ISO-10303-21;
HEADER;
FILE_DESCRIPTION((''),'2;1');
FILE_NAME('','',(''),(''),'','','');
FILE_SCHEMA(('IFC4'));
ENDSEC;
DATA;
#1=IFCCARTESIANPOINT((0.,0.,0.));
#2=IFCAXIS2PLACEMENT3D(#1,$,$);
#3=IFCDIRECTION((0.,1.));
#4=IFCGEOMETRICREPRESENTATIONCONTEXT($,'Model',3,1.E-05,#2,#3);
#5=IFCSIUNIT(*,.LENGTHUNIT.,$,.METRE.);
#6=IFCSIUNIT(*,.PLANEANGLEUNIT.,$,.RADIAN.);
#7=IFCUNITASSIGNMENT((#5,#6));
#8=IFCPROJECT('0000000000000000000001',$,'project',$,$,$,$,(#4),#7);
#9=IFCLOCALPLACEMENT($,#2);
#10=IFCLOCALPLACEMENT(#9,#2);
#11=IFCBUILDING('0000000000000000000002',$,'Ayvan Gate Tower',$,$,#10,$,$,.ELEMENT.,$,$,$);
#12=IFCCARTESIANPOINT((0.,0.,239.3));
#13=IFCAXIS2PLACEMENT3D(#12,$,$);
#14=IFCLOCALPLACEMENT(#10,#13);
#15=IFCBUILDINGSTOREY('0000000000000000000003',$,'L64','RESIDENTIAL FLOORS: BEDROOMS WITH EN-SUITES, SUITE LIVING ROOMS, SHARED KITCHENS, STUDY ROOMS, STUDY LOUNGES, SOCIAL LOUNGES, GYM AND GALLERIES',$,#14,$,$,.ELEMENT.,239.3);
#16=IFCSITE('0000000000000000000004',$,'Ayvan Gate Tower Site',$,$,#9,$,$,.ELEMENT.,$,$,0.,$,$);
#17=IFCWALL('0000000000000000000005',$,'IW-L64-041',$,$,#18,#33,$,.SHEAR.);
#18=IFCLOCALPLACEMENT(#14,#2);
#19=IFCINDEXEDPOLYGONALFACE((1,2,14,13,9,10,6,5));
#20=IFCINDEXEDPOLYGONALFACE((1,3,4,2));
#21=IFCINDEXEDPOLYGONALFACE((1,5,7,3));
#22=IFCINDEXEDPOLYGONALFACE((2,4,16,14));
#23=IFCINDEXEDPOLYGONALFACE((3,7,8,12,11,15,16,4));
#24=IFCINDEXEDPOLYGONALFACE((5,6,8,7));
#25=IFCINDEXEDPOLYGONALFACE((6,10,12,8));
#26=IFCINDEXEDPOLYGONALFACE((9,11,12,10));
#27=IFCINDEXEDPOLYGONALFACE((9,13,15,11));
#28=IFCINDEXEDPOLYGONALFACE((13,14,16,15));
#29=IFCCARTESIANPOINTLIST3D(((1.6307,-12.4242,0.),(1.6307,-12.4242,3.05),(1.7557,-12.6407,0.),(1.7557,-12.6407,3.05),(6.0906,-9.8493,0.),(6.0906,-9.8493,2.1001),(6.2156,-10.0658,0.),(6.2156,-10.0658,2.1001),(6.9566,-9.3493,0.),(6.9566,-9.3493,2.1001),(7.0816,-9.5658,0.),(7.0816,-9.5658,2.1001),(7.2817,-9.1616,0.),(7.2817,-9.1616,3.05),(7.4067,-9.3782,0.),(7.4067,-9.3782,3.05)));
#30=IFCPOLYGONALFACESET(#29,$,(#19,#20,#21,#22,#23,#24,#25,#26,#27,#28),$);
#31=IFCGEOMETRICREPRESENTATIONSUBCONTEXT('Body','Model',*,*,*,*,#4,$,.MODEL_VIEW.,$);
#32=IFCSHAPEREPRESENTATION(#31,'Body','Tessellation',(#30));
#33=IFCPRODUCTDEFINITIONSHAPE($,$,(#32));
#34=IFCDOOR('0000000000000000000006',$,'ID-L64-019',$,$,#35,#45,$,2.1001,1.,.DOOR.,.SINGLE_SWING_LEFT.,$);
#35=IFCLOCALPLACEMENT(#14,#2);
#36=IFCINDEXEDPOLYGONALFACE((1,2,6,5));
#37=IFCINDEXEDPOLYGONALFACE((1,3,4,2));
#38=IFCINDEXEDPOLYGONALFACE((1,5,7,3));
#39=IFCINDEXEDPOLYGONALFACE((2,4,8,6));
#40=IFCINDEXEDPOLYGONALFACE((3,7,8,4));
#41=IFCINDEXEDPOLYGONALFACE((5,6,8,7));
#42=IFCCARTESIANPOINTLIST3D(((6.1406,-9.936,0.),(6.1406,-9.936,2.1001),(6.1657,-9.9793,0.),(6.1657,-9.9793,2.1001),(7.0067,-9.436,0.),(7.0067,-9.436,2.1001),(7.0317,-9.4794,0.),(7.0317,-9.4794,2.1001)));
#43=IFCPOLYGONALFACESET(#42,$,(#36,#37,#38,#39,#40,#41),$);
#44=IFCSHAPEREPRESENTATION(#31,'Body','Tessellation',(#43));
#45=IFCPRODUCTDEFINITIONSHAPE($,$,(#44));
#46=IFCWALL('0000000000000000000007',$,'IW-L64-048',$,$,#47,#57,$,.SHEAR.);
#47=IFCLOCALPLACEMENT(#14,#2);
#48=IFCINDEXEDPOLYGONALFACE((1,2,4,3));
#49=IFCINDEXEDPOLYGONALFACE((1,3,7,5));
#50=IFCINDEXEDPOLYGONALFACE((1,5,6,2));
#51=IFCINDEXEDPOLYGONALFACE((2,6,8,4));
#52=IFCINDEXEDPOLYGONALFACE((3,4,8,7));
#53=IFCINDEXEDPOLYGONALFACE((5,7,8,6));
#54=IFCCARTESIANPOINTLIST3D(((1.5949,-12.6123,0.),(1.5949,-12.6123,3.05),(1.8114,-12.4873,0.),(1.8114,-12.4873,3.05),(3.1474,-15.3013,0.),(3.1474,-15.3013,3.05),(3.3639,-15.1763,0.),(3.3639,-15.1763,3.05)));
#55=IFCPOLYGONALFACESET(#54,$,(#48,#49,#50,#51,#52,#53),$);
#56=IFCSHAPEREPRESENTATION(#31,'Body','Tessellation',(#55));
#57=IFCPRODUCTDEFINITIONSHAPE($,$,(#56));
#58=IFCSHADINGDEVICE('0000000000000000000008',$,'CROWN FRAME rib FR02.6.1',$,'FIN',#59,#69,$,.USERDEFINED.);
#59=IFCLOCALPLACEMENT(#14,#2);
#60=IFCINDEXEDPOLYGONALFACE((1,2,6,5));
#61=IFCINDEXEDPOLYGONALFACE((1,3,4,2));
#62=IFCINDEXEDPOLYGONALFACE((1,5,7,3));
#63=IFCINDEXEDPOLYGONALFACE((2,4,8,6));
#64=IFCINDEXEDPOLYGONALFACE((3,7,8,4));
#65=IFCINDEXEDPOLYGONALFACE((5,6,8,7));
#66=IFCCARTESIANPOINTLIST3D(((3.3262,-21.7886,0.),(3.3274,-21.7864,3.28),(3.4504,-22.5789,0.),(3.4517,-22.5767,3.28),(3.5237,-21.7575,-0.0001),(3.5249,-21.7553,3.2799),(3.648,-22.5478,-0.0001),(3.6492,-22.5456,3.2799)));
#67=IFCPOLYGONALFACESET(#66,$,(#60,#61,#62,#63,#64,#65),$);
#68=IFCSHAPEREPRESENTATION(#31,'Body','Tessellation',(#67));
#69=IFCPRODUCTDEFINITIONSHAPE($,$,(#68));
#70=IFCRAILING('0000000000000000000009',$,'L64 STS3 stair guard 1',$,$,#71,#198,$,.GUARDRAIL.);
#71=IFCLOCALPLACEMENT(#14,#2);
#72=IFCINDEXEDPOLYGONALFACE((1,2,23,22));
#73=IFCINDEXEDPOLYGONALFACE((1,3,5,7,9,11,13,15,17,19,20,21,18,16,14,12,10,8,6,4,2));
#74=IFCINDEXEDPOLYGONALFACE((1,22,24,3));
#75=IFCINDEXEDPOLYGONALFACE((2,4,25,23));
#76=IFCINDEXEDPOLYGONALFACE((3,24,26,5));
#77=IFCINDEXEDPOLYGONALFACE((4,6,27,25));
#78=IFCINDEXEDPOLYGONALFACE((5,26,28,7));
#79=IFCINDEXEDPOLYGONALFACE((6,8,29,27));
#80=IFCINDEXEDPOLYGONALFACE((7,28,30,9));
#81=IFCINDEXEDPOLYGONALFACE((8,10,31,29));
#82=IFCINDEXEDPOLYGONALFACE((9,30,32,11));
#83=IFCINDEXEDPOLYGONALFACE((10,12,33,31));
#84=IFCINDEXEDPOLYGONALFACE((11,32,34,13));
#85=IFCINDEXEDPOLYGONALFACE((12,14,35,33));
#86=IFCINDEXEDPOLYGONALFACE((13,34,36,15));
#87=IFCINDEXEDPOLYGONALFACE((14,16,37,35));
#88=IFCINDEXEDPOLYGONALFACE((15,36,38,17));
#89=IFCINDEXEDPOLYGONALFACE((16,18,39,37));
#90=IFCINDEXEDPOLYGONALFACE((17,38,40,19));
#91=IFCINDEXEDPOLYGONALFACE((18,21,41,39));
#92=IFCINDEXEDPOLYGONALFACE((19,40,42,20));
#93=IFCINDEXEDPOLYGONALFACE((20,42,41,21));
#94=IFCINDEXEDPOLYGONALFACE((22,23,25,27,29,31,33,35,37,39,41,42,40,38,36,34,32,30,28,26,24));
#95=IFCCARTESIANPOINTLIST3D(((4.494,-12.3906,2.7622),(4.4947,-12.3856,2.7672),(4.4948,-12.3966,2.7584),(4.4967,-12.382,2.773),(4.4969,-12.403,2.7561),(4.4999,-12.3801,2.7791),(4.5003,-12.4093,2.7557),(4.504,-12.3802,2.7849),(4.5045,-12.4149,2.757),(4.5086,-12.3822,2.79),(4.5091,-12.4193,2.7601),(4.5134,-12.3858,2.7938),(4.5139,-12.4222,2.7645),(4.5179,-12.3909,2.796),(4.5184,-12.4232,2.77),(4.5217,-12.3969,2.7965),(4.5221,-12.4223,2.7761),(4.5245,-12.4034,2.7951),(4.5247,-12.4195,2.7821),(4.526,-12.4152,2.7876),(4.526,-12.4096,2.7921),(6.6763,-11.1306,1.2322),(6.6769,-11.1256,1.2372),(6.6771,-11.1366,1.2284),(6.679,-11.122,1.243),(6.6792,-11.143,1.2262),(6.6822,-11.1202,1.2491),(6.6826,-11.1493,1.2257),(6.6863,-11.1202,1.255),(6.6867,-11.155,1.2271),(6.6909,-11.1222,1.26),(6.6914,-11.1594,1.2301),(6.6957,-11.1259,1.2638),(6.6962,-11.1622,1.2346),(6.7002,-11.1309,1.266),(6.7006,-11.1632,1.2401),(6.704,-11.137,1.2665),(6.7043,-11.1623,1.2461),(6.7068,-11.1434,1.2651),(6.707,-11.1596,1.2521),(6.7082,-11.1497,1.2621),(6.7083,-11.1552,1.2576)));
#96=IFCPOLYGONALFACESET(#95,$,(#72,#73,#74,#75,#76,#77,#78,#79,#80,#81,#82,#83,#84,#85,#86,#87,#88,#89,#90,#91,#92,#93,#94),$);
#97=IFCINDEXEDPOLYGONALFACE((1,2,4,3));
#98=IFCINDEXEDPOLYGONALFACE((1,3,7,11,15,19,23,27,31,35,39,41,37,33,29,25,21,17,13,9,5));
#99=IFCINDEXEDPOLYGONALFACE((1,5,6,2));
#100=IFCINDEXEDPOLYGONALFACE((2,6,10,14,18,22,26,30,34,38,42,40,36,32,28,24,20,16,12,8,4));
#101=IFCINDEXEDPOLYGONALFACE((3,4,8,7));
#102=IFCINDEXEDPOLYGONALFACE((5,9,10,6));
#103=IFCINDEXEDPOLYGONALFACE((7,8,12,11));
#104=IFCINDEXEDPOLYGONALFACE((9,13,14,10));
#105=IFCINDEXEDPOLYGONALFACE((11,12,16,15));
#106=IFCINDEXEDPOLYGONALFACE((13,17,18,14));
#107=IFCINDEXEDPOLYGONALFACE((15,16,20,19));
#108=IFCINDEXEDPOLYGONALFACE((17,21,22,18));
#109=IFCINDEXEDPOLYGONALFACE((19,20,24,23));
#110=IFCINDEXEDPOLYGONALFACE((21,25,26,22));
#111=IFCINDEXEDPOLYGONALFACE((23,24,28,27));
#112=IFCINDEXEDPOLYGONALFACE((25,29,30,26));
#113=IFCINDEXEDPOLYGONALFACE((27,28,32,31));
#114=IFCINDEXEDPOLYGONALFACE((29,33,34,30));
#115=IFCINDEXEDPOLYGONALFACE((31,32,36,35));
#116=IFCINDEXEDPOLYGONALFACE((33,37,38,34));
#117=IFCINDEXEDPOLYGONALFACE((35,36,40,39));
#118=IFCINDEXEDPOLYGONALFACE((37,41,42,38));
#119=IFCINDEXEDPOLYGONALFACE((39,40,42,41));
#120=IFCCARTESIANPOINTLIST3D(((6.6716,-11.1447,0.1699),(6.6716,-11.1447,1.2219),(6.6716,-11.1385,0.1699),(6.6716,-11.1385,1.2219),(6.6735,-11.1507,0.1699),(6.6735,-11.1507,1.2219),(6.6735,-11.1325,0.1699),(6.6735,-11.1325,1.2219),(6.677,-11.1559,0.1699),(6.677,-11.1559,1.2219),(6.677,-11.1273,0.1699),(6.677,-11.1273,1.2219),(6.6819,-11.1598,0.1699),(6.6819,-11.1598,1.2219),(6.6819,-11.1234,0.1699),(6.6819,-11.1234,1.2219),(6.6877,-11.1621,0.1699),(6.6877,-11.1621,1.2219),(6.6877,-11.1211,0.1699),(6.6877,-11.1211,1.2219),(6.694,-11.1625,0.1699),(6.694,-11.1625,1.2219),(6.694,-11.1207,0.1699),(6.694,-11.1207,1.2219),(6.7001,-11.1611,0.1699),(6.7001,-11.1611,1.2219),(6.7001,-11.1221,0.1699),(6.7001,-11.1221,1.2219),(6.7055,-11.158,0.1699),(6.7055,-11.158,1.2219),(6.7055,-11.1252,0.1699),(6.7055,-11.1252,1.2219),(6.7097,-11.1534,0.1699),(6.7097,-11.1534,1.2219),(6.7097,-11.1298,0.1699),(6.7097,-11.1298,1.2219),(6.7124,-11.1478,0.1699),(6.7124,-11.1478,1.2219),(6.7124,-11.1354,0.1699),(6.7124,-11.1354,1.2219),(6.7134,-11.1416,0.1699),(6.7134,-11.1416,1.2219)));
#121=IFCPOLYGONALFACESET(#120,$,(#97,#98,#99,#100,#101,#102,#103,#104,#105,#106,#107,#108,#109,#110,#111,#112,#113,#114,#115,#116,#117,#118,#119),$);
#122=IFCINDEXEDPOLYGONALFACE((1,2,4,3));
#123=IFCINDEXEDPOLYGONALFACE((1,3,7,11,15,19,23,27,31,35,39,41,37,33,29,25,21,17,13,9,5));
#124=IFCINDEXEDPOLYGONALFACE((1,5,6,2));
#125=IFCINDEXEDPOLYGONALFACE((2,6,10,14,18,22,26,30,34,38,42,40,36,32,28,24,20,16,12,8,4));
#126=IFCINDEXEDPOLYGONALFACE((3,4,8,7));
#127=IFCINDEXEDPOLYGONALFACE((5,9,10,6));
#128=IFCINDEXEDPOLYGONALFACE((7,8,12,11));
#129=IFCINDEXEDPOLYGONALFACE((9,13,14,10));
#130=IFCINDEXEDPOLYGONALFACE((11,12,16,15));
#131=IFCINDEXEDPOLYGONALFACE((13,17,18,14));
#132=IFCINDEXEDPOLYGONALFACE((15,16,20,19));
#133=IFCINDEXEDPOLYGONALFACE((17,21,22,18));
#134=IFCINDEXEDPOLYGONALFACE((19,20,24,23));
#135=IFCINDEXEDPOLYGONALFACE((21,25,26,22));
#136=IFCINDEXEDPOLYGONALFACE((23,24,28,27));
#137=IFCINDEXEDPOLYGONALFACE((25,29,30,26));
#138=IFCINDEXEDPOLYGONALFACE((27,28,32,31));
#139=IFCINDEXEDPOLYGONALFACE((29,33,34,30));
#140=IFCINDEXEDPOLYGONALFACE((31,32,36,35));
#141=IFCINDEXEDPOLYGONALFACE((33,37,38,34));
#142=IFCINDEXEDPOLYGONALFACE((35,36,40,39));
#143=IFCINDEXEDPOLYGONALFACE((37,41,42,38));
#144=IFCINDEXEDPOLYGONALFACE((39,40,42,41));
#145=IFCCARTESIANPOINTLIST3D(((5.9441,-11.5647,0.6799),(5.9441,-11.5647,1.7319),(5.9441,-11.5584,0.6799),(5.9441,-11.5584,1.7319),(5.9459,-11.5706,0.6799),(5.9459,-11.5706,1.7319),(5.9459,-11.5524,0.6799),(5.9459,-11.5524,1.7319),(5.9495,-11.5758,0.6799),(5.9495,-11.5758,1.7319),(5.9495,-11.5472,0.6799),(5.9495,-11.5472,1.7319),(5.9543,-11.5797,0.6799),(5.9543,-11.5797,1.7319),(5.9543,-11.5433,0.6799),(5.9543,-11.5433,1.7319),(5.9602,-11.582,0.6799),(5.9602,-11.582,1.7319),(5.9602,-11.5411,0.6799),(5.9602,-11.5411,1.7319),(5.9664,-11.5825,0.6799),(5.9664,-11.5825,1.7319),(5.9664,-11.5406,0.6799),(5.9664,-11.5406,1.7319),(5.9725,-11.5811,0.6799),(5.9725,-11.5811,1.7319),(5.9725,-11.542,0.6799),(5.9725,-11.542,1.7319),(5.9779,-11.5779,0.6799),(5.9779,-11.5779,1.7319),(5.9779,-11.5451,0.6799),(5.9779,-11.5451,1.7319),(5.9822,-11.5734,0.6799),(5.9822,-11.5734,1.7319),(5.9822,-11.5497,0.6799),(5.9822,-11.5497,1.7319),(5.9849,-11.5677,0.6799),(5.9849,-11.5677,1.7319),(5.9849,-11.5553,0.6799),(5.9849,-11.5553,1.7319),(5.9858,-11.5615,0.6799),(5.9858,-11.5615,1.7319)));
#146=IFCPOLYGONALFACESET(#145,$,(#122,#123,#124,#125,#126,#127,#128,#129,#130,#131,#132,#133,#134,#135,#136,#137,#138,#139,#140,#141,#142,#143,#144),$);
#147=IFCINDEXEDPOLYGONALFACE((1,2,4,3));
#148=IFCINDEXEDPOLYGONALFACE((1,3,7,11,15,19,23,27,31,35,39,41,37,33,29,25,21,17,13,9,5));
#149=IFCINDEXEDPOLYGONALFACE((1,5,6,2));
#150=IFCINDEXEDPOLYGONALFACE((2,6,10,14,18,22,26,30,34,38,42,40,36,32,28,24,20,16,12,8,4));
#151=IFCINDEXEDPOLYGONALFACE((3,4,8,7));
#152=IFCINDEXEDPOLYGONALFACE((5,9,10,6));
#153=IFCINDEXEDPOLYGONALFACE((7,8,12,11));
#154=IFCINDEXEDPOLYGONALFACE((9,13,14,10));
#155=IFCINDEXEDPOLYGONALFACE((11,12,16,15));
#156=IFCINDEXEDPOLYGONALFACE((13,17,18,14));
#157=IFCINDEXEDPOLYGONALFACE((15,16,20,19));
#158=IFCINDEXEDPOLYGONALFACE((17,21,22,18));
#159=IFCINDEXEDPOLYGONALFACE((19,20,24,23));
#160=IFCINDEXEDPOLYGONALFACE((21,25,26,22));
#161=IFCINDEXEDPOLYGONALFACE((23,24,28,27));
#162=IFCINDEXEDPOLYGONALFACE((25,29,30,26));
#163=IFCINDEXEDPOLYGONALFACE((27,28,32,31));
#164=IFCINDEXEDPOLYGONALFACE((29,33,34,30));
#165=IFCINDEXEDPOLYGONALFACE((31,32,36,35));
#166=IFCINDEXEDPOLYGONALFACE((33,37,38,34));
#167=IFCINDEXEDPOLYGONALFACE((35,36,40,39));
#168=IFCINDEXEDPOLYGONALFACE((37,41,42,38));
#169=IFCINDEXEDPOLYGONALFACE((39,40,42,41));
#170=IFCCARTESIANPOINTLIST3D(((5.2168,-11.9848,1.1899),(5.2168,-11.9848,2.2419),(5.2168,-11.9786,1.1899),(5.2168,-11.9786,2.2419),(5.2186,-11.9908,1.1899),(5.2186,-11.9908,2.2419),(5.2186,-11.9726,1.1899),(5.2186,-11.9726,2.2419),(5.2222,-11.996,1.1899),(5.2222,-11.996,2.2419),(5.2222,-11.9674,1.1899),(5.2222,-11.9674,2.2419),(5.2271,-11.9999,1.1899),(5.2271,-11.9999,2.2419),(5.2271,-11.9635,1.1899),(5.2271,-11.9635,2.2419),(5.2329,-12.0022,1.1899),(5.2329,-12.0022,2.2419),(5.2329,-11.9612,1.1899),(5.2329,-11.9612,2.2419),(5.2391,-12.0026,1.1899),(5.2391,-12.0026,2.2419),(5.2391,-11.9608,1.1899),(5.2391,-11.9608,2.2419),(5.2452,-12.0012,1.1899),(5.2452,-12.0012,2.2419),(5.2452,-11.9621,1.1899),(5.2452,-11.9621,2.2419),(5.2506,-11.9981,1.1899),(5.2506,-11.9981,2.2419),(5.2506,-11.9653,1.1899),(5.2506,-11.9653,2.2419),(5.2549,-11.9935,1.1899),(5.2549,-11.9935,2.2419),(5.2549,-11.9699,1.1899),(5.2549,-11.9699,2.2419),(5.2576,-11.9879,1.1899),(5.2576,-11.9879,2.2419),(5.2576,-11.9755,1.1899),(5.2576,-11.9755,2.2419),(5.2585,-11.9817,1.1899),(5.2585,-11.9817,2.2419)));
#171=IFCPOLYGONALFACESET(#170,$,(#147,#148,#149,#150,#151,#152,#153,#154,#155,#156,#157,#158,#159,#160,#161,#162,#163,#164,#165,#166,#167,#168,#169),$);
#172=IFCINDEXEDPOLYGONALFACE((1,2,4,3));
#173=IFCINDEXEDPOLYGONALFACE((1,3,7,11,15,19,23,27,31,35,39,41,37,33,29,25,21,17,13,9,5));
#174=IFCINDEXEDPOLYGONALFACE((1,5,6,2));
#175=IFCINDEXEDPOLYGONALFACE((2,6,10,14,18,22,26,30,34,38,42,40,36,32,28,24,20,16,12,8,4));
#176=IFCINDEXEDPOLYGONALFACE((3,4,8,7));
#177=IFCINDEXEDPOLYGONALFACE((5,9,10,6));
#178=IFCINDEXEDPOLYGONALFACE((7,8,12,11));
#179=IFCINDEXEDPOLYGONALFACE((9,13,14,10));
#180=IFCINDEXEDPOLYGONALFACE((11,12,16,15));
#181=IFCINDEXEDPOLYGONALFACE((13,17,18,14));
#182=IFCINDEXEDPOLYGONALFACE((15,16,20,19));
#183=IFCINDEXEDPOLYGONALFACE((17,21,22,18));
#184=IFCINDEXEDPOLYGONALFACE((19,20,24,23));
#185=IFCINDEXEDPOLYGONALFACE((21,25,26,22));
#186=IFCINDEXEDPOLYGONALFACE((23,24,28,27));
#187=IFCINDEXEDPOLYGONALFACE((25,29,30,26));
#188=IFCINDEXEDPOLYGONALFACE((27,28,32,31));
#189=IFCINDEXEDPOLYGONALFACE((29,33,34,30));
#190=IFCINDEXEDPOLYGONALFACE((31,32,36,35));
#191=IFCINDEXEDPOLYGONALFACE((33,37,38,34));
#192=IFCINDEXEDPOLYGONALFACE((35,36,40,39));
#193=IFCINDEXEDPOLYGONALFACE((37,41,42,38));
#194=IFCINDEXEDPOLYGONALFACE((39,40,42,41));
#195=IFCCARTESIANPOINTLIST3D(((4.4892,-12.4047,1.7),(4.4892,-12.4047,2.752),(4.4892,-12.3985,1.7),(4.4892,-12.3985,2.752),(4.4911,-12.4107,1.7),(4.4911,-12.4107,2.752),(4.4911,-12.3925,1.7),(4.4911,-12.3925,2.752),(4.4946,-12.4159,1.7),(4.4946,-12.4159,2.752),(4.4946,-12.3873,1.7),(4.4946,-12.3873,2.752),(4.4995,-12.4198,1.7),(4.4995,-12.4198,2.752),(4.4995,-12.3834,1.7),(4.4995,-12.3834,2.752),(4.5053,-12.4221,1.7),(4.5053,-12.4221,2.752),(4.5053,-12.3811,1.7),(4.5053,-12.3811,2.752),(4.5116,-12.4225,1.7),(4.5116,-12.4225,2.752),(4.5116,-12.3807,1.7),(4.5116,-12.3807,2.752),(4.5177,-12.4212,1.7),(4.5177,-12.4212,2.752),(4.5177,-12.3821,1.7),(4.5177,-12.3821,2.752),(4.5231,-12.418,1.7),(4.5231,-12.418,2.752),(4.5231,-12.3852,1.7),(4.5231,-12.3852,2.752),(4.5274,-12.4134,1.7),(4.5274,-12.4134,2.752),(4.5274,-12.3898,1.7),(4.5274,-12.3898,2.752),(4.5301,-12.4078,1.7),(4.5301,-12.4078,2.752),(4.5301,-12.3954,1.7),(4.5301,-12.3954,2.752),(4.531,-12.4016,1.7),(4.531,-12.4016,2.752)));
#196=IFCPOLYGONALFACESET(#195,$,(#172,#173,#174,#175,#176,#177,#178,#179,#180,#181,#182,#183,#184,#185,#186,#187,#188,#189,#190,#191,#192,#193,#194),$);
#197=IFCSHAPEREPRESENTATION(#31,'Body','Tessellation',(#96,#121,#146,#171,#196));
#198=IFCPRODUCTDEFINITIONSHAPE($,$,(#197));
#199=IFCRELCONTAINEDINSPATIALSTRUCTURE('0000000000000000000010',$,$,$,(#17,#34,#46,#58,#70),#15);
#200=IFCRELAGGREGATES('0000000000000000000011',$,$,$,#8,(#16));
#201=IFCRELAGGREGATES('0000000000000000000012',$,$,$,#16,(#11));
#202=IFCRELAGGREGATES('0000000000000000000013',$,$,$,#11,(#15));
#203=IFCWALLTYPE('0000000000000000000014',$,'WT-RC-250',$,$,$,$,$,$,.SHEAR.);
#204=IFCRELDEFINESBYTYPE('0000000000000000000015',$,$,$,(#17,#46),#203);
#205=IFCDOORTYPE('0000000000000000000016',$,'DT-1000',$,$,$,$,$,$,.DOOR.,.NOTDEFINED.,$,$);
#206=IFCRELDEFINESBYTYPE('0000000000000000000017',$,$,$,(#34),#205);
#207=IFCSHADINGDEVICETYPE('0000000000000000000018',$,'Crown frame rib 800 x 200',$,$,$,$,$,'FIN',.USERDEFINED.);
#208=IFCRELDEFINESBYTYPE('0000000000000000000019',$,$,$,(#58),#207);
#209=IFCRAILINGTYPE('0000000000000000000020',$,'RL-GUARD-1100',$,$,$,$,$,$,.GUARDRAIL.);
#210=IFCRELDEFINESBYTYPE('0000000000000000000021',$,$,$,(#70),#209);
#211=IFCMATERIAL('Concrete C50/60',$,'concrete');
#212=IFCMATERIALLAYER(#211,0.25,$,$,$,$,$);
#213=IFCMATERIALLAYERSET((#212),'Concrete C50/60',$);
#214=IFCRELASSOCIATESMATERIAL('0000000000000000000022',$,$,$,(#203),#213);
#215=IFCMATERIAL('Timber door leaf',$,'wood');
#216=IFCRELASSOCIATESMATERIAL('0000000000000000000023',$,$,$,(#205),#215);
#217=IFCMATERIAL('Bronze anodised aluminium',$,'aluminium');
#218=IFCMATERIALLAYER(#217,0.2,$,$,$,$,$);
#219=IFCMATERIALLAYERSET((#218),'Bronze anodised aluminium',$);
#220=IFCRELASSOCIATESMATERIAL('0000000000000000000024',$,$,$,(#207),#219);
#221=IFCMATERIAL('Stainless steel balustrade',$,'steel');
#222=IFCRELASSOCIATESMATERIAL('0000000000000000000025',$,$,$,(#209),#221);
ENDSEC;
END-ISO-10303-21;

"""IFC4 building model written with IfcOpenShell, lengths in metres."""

from ifc_helpers import new_model, si_unit, direction, frame, frame_2d, origin, origin_2d, place, context, subcontext, project, spatial, polyline, rectangle, circle, outline, extrude, material, layer, layer_set, type_object, element, fill, save


model = new_model("IFC4")

# Units and contexts
model_context = context("Model", 3, precision=1e-05, world=origin(), true_north=direction((0.0, 1.0)))
body_context = subcontext(model_context, "Body", "Model", "MODEL_VIEW")
ifc_project = project(units=[si_unit("LENGTHUNIT", "METRE"), si_unit("PLANEANGLEUNIT", "RADIAN")], contexts=[model_context])

# Site, building, storey
site_placement = place(None, origin())
site = spatial("IfcSite", under=ifc_project, at=site_placement, Name="Ayvan Gate Tower Site", CompositionType="ELEMENT", RefElevation=0.0)
building_placement = place(site_placement, origin())
building = spatial("IfcBuilding", under=site, at=building_placement, Name="Ayvan Gate Tower", CompositionType="ELEMENT")
storey_placement = place(building_placement, frame((0.0, 0.0, 239.3)))
storey = spatial("IfcBuildingStorey", under=building, at=storey_placement, Name="L64", Description="RESIDENTIAL FLOORS: BEDROOMS WITH EN-SUITES, SUITE LIVING ROOMS, SHARED KITCHENS, STUDY ROOMS, STUDY LOUNGES, SOCIAL LOUNGES, GYM AND GALLERIES", CompositionType="ELEMENT", Elevation=239.3)

# Shared definitions
ifc_material_1 = material(Name="Concrete C50/60", Category="concrete")

# Shared definitions
ifc_material_2 = material(Name="Bronze anodised aluminium", Category="aluminium")

# Shared definitions
ifc_layer_1 = layer(ifc_material_1, 0.25)
ifc_layer_set_1 = layer_set([ifc_layer_1], Name="Concrete C50/60")
wall_type = type_object("IfcWallType", Name="WT-RC-250", PredefinedType="SHEAR", material=ifc_layer_set_1)

# Wall, opening, door
wall_1_placement = place(storey_placement, frame((1.6931, -12.5325, 0.0), z_axis=(0.0, 0.0, 1.0), x_axis=(0.866031, 0.49999, 0.0)))
wall_1 = element("IfcWall", 1, at=wall_1_placement, inside=storey, type_object=wall_type, Name="IW-L64-041", PredefinedType="SHEAR", context=body_context, shape_type="SweptSolid", body=[
    extrude(rectangle(XDim=6.5251, YDim=0.25, at=frame_2d((3.2627, 0.0))), origin(), (0.0, 0.0, 1.0), 3.05),
])
opening_placement = place(wall_1_placement, frame((5.1499, 0.0, 0.0)))
opening = element("IfcOpeningElement", 2, at=opening_placement, cuts=wall_1, PredefinedType="OPENING", context=body_context, shape_type="SweptSolid", body=[
    extrude(rectangle(XDim=1.0, YDim=2.1001, at=frame_2d((0.5, 1.05))), frame((0.0, 0.135, 0.0), z_axis=(0.0, -1.0, 0.0), x_axis=(1.0, 0.0, 0.0)), (0.0, 0.0, 1.0), 0.27),
])
ifc_material_3 = material(Name="Timber door leaf", Category="wood")
door_type = type_object("IfcDoorType", Name="DT-1000", OperationType="NOTDEFINED", PredefinedType="DOOR", material=ifc_material_3)
door_placement = place(opening_placement, origin())
door = element("IfcDoor", 3, at=door_placement, inside=storey, type_object=door_type, Name="ID-L64-019", OperationType="SINGLE_SWING_LEFT", OverallHeight=2.1001, OverallWidth=1.0, PredefinedType="DOOR", context=body_context, shape_type="SweptSolid", body=[
    extrude(rectangle(XDim=1.0, YDim=2.1001, at=frame_2d((0.5, 1.05))), frame((0.0, 0.0249, 0.0), z_axis=(0.0, -1.0, 0.0), x_axis=(1.0, 0.0, 0.0)), (0.0, 0.0, 1.0), 0.05),
])
fill(opening, door)

# Wall
wall_2_placement = place(storey_placement, frame((3.2556, -15.2388, 0.0), z_axis=(0.0, 0.0, 1.0), x_axis=(-0.500004, 0.866023, 0.0)))
element("IfcWall", 4, at=wall_2_placement, inside=storey, type_object=wall_type, Name="IW-L64-048", PredefinedType="SHEAR", context=body_context, shape_type="SweptSolid", body=[
    extrude(rectangle(XDim=3.105, YDim=0.25, at=frame_2d((1.5525, 0.0))), origin(), (0.0, 0.0, 1.0), 3.05),
])

# Shading device
ifc_layer_2 = layer(ifc_material_2, 0.2)
ifc_layer_set_2 = layer_set([ifc_layer_2], Name="Bronze anodised aluminium")
shading_device_type = type_object("IfcShadingDeviceType", Name="Crown frame rib 800 x 200", ElementType="FIN", PredefinedType="USERDEFINED", material=ifc_layer_set_2)
shading_device_placement = place(storey_placement, frame((3.3262, -21.7886, 0.0), z_axis=(-0.987862, -0.155336, 0.000472), x_axis=(0.155336, -0.987862, 0.0)))
element("IfcShadingDevice", 5, at=shading_device_placement, inside=storey, type_object=shading_device_type, Name="CROWN FRAME rib FR02.6.1", ObjectType="FIN", PredefinedType="USERDEFINED", context=body_context, shape_type="SweptSolid", body=[
    extrude(outline(polyline([(0.0, 0.0), (0.8, 0.0), (0.798, 3.28), (-0.002, 3.28), (0.0, 0.0)])), origin(), (0.0, 0.0, -1.0), 0.2),
])

# Railing
ifc_material_4 = material(Name="Stainless steel balustrade", Category="steel")
railing_type_1 = type_object("IfcRailingType", Name="RL-GUARD-1100", PredefinedType="GUARDRAIL", material=ifc_material_4)
railing_1_placement = place(storey_placement, frame((6.6924, -11.1416, 0.1699)))
element("IfcRailing", 6, at=railing_1_placement, inside=storey, type_object=railing_type_1, Name="L64 STS3 stair guard 1", PredefinedType="GUARDRAIL", context=body_context, shape_type="SweptSolid", body=[
    extrude(circle(Radius=0.0239, at=origin_2d()), frame((0.0, 0.0, 1.0762), z_axis=(-0.740261, -0.427395, 0.518986), x_axis=(0.500005, -0.866023, 0.0)), (0.0, 0.0, 1.0), 2.948),
    extrude(circle(Radius=0.021, at=origin_2d()), origin(), (0.0, 0.0, 1.0), 1.052),
    extrude(circle(Radius=0.021, at=origin_2d()), frame((-0.7275, -0.4199, 0.51)), (0.0, 0.0, 1.0), 1.052),
    extrude(circle(Radius=0.021, at=origin_2d()), frame((-1.4548, -0.8401, 1.02)), (0.0, 0.0, 1.0), 1.052),
    extrude(circle(Radius=0.021, at=origin_2d()), frame((-2.1824, -1.26, 1.53)), (0.0, 0.0, 1.0), 1.052),
])

save(model, "model.ifc")
